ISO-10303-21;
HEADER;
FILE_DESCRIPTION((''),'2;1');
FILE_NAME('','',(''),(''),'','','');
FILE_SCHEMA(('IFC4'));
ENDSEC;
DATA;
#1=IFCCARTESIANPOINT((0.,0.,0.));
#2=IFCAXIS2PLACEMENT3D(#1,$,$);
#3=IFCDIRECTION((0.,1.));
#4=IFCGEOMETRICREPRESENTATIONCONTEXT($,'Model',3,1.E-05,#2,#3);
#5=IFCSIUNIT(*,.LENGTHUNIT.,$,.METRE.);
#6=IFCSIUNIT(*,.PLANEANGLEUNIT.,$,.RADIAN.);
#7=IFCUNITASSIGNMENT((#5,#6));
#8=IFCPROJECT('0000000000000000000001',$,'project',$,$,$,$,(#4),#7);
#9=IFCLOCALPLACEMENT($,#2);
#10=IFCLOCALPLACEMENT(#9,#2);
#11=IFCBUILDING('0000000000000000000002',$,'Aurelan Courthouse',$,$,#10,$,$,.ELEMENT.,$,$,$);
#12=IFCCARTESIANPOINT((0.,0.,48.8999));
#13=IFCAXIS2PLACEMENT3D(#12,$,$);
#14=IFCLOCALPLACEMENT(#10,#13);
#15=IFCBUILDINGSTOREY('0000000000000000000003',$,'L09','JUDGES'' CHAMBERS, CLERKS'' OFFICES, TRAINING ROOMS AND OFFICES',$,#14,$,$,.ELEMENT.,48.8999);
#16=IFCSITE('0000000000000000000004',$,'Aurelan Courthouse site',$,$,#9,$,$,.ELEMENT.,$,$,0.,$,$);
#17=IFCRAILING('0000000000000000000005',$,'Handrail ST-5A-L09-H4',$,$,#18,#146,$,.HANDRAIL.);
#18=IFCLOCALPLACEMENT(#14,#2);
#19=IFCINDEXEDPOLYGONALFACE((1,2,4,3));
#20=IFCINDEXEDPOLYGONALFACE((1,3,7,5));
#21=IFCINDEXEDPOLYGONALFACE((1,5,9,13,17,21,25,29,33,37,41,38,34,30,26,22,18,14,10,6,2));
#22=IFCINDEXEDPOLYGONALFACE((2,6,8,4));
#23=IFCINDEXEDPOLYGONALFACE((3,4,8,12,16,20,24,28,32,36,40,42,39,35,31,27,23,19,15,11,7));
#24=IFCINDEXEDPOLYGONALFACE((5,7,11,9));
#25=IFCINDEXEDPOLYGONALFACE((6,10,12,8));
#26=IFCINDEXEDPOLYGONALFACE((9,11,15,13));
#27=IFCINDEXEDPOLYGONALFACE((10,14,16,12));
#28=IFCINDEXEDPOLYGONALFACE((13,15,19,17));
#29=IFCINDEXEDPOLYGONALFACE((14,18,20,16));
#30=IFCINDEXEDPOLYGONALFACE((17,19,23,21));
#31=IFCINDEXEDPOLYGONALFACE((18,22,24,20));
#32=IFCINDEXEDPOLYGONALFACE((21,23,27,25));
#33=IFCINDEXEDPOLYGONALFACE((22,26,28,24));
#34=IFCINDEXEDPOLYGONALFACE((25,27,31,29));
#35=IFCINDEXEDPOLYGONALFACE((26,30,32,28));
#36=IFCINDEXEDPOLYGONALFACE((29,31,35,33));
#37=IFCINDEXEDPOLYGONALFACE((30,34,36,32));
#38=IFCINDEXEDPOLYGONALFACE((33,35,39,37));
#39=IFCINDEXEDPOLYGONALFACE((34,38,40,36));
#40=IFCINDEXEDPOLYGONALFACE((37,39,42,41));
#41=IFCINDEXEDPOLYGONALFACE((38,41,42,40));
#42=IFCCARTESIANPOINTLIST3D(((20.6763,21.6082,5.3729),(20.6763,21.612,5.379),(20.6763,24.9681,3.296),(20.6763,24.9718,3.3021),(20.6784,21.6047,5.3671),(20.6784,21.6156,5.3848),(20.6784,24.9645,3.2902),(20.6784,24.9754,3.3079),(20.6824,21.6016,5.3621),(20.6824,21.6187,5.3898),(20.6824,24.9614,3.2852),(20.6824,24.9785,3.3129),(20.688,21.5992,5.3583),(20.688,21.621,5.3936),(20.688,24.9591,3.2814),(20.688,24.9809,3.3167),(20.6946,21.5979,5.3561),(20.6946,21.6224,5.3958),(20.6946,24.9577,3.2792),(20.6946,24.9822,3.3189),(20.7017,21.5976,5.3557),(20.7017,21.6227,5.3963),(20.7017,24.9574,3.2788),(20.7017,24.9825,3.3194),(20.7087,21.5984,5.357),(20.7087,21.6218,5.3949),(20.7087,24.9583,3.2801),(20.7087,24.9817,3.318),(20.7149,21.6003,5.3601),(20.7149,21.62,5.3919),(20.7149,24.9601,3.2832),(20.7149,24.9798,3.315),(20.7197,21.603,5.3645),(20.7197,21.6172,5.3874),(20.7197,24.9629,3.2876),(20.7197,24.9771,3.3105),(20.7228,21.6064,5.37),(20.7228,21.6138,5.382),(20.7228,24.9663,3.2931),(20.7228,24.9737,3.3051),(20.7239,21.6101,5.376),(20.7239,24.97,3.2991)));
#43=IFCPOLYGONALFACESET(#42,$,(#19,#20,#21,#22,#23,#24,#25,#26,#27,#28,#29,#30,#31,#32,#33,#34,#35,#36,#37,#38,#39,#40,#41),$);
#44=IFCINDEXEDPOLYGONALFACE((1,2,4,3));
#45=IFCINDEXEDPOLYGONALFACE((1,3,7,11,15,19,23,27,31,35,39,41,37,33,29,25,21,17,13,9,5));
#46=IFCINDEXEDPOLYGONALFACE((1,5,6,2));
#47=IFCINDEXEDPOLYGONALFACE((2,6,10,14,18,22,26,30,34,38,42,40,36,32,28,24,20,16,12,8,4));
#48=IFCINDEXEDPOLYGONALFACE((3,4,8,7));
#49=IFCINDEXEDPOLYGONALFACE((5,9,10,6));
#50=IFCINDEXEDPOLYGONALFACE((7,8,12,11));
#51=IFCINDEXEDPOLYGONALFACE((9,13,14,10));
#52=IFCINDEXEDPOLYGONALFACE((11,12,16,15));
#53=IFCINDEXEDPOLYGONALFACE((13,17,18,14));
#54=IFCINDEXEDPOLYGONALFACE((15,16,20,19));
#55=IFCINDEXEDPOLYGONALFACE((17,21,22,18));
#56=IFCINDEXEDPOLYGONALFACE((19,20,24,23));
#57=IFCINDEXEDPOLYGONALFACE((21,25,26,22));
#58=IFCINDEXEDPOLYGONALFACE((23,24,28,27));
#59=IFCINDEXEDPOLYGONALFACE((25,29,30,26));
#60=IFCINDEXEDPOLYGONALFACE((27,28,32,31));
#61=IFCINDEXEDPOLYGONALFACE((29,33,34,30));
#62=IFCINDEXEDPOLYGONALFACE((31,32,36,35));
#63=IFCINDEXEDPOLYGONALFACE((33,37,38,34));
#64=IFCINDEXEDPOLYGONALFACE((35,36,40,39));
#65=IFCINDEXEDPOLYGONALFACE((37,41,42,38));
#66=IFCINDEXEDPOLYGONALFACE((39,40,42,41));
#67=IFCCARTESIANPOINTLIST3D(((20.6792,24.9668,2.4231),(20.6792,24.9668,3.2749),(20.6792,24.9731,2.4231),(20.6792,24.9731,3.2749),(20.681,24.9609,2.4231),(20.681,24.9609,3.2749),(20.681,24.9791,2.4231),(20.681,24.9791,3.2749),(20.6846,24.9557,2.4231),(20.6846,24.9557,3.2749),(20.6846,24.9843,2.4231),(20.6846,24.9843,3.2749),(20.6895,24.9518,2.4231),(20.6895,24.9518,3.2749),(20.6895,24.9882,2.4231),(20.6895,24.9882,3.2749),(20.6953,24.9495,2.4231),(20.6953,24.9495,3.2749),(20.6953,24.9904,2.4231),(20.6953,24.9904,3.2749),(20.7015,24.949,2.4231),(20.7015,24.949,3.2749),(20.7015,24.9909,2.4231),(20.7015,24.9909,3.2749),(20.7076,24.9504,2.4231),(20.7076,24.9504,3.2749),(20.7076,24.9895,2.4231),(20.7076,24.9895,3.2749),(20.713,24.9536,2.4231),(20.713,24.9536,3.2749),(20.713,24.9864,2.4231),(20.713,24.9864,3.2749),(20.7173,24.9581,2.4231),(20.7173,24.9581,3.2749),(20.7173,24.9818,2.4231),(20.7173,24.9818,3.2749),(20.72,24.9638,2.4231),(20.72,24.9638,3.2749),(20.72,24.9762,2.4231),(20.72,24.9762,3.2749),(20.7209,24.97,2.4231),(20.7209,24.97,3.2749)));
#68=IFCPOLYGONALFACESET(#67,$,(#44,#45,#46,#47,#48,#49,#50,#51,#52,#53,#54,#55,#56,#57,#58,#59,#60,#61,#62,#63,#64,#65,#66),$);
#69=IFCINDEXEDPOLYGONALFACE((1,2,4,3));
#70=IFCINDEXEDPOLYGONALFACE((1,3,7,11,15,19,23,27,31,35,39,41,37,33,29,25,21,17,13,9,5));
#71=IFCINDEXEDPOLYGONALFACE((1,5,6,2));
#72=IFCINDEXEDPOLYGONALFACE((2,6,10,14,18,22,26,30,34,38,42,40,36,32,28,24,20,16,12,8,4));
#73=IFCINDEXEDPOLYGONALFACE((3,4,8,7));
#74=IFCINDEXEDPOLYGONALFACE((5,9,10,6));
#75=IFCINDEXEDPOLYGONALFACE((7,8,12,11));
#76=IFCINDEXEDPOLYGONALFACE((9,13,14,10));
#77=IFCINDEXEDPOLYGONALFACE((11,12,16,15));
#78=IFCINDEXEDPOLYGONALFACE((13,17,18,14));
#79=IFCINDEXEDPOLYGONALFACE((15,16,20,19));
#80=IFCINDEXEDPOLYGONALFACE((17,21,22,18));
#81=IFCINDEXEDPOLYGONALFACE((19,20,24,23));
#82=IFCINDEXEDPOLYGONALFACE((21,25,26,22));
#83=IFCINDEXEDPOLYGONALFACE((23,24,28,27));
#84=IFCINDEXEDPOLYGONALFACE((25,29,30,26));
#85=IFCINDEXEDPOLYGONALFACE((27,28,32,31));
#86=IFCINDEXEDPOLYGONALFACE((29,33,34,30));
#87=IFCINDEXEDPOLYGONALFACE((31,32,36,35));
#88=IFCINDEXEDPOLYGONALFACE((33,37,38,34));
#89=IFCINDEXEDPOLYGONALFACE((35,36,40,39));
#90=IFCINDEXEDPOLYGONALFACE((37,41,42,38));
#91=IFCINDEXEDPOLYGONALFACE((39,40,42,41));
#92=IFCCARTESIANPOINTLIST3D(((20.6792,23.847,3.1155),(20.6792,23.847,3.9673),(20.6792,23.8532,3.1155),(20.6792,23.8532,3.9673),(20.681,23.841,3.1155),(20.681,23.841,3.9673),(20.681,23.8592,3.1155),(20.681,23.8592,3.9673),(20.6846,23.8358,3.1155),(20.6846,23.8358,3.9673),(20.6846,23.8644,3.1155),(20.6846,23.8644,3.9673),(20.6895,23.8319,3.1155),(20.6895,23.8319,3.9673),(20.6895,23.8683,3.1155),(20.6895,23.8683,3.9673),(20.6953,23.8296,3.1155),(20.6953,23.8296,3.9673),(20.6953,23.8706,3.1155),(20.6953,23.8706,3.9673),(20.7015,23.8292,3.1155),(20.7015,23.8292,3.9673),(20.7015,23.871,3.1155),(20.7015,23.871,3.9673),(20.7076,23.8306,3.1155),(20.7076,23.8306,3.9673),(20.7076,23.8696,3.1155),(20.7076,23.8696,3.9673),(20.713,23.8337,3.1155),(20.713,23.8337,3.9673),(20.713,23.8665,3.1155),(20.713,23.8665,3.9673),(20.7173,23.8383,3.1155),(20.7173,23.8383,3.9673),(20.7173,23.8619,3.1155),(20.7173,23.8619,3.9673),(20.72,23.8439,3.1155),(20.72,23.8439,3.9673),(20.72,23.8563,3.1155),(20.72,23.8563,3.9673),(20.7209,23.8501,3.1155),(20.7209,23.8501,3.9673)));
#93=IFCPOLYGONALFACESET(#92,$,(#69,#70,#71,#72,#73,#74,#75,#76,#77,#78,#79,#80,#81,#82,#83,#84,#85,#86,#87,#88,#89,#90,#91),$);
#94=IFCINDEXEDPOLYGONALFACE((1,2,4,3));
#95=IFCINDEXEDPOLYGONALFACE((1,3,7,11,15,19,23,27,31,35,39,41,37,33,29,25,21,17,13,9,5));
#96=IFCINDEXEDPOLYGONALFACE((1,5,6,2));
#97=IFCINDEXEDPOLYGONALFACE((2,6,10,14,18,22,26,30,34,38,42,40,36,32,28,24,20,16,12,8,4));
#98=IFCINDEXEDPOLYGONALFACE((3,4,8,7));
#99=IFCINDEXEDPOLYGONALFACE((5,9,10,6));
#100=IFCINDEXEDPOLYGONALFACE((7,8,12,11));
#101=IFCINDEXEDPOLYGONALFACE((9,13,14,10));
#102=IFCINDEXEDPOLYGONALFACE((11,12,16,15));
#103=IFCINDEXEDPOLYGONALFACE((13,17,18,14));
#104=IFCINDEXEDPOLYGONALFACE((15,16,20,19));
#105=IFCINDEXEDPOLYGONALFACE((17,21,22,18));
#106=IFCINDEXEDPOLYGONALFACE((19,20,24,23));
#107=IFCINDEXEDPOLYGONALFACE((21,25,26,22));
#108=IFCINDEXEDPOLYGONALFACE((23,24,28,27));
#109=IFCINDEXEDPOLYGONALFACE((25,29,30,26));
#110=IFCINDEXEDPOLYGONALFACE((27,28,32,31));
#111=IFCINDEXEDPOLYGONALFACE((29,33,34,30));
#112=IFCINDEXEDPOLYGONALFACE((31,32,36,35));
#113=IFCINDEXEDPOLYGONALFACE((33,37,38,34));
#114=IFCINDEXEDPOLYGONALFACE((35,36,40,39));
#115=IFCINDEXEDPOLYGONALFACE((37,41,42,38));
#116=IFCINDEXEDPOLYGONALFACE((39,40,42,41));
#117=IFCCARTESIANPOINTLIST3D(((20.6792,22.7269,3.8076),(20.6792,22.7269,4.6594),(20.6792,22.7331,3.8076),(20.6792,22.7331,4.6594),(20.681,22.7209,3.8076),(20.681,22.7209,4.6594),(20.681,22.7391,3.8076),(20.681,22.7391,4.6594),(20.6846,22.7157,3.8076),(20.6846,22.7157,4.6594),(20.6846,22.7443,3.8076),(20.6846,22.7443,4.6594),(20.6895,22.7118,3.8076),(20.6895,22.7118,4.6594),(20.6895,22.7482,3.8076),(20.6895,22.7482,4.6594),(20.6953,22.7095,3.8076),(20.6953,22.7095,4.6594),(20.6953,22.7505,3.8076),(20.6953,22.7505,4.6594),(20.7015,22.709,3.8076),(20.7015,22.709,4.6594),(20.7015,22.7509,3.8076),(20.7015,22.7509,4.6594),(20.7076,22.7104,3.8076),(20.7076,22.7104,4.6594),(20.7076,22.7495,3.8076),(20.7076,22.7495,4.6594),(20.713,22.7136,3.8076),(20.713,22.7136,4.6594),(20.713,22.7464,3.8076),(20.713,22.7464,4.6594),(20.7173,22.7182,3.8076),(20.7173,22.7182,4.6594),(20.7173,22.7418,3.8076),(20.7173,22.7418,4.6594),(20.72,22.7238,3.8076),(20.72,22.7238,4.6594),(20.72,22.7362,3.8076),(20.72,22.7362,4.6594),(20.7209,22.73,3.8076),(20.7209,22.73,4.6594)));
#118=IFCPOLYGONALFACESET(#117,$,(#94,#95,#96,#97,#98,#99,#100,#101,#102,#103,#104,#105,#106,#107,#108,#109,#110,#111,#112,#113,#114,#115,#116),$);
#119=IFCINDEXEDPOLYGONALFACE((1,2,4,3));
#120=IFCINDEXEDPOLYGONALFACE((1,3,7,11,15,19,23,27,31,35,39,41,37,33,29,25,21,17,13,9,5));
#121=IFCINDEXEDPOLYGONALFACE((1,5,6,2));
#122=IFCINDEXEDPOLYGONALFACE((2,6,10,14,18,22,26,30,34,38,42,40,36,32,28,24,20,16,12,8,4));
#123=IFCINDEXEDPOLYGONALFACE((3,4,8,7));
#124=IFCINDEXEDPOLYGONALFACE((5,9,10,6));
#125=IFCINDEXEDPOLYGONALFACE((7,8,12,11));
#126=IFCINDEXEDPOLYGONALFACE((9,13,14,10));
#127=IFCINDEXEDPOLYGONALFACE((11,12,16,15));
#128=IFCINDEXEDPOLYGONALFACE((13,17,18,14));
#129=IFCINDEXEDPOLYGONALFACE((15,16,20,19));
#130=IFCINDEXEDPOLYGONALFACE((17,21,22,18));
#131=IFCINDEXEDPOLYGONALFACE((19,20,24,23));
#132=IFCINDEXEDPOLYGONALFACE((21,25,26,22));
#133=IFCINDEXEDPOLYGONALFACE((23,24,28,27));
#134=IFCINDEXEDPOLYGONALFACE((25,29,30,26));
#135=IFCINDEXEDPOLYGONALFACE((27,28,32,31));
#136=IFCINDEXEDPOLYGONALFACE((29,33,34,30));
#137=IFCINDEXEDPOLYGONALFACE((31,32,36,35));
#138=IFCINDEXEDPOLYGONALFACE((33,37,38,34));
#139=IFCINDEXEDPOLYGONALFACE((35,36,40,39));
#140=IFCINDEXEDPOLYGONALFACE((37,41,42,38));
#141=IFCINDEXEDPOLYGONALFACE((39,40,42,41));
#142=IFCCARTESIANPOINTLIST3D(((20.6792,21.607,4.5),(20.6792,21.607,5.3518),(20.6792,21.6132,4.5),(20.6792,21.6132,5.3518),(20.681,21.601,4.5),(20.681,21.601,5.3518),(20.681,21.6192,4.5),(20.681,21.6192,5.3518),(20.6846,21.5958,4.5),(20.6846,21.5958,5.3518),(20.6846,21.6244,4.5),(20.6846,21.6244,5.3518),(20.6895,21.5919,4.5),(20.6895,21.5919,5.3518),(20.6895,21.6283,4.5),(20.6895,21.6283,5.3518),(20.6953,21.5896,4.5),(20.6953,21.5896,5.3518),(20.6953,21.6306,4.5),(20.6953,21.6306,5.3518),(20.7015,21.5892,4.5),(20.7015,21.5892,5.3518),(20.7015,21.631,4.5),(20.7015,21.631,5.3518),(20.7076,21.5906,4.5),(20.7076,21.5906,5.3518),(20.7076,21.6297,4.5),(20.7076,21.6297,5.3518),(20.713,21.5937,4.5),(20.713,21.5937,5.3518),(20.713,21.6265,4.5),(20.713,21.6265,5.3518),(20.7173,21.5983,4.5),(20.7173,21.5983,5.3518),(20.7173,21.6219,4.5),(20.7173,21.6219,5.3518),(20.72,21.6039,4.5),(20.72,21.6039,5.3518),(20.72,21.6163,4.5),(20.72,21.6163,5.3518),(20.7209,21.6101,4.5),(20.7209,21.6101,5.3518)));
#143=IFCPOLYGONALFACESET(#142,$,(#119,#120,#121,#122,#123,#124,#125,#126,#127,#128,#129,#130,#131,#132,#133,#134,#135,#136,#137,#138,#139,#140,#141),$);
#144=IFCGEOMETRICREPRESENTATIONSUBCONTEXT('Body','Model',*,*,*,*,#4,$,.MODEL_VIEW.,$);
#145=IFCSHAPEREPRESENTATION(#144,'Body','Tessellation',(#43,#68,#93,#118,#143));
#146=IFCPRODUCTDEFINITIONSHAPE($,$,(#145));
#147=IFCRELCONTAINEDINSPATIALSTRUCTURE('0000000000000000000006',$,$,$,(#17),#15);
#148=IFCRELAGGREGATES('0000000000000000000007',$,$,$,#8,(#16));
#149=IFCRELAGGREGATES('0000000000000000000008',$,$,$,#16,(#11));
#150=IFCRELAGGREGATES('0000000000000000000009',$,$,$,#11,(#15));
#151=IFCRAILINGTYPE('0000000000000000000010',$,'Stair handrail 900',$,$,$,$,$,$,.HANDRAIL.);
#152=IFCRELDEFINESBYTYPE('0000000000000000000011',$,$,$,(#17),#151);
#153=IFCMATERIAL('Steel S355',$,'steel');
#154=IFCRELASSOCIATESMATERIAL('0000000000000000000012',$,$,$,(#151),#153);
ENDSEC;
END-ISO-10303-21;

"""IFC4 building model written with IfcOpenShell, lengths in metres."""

from ifc_helpers import new_model, si_unit, direction, frame, origin, origin_2d, place, context, subcontext, project, spatial, circle, extrude, material, type_object, element, save


model = new_model("IFC4")

# Units and contexts
model_context = context("Model", 3, precision=1e-05, world=origin(), true_north=direction((0.0, 1.0)))
body_context = subcontext(model_context, "Body", "Model", "MODEL_VIEW")
ifc_project = project(units=[si_unit("LENGTHUNIT", "METRE"), si_unit("PLANEANGLEUNIT", "RADIAN")], contexts=[model_context])

# Site, building, storey
site_placement = place(None, origin())
site = spatial("IfcSite", under=ifc_project, at=site_placement, Name="Aurelan Courthouse site", CompositionType="ELEMENT", RefElevation=0.0)
building_placement = place(site_placement, origin())
building = spatial("IfcBuilding", under=site, at=building_placement, Name="Aurelan Courthouse", CompositionType="ELEMENT")
storey_placement = place(building_placement, frame((0.0, 0.0, 48.8999)))
storey = spatial("IfcBuildingStorey", under=building, at=storey_placement, Name="L09", Description="JUDGES' CHAMBERS, CLERKS' OFFICES, TRAINING ROOMS AND OFFICES", CompositionType="ELEMENT", Elevation=48.8999)

# Railing
ifc_material_1 = material(Name="Steel S355", Category="steel")
railing_type_1 = type_object("IfcRailingType", Name="Stair handrail 900", PredefinedType="HANDRAIL", material=ifc_material_1)
for number, where, name in (
    (1, (20.7, 24.97, 2.4231), "Handrail ST-5A-L09-H4"),
):
    element("IfcRailing", number, at=place(storey_placement, frame(where)), inside=storey, type_object=railing_type_1, Name=name, PredefinedType="HANDRAIL", context=body_context, shape_type="SweptSolid", body=[
        extrude(circle(Radius=0.0239, at=origin_2d()), frame((0.0, 0.0, 0.876), z_axis=(0.0, -0.850606, 0.525803), x_axis=(1.0, 0.0, 0.0)), (0.0, 0.0, 1.0), 3.95),
        extrude(circle(Radius=0.021, at=origin_2d()), origin(), (0.0, 0.0, 1.0), 0.8518),
        extrude(circle(Radius=0.021, at=origin_2d()), frame((0.0, -1.1199, 0.6924)), (0.0, 0.0, 1.0), 0.8518),
        extrude(circle(Radius=0.021, at=origin_2d()), frame((0.0, -2.24, 1.3845)), (0.0, 0.0, 1.0), 0.8518),
        extrude(circle(Radius=0.021, at=origin_2d()), frame((0.0, -3.3599, 2.0769)), (0.0, 0.0, 1.0), 0.8518),
    ])

save(model, "model.ifc")
